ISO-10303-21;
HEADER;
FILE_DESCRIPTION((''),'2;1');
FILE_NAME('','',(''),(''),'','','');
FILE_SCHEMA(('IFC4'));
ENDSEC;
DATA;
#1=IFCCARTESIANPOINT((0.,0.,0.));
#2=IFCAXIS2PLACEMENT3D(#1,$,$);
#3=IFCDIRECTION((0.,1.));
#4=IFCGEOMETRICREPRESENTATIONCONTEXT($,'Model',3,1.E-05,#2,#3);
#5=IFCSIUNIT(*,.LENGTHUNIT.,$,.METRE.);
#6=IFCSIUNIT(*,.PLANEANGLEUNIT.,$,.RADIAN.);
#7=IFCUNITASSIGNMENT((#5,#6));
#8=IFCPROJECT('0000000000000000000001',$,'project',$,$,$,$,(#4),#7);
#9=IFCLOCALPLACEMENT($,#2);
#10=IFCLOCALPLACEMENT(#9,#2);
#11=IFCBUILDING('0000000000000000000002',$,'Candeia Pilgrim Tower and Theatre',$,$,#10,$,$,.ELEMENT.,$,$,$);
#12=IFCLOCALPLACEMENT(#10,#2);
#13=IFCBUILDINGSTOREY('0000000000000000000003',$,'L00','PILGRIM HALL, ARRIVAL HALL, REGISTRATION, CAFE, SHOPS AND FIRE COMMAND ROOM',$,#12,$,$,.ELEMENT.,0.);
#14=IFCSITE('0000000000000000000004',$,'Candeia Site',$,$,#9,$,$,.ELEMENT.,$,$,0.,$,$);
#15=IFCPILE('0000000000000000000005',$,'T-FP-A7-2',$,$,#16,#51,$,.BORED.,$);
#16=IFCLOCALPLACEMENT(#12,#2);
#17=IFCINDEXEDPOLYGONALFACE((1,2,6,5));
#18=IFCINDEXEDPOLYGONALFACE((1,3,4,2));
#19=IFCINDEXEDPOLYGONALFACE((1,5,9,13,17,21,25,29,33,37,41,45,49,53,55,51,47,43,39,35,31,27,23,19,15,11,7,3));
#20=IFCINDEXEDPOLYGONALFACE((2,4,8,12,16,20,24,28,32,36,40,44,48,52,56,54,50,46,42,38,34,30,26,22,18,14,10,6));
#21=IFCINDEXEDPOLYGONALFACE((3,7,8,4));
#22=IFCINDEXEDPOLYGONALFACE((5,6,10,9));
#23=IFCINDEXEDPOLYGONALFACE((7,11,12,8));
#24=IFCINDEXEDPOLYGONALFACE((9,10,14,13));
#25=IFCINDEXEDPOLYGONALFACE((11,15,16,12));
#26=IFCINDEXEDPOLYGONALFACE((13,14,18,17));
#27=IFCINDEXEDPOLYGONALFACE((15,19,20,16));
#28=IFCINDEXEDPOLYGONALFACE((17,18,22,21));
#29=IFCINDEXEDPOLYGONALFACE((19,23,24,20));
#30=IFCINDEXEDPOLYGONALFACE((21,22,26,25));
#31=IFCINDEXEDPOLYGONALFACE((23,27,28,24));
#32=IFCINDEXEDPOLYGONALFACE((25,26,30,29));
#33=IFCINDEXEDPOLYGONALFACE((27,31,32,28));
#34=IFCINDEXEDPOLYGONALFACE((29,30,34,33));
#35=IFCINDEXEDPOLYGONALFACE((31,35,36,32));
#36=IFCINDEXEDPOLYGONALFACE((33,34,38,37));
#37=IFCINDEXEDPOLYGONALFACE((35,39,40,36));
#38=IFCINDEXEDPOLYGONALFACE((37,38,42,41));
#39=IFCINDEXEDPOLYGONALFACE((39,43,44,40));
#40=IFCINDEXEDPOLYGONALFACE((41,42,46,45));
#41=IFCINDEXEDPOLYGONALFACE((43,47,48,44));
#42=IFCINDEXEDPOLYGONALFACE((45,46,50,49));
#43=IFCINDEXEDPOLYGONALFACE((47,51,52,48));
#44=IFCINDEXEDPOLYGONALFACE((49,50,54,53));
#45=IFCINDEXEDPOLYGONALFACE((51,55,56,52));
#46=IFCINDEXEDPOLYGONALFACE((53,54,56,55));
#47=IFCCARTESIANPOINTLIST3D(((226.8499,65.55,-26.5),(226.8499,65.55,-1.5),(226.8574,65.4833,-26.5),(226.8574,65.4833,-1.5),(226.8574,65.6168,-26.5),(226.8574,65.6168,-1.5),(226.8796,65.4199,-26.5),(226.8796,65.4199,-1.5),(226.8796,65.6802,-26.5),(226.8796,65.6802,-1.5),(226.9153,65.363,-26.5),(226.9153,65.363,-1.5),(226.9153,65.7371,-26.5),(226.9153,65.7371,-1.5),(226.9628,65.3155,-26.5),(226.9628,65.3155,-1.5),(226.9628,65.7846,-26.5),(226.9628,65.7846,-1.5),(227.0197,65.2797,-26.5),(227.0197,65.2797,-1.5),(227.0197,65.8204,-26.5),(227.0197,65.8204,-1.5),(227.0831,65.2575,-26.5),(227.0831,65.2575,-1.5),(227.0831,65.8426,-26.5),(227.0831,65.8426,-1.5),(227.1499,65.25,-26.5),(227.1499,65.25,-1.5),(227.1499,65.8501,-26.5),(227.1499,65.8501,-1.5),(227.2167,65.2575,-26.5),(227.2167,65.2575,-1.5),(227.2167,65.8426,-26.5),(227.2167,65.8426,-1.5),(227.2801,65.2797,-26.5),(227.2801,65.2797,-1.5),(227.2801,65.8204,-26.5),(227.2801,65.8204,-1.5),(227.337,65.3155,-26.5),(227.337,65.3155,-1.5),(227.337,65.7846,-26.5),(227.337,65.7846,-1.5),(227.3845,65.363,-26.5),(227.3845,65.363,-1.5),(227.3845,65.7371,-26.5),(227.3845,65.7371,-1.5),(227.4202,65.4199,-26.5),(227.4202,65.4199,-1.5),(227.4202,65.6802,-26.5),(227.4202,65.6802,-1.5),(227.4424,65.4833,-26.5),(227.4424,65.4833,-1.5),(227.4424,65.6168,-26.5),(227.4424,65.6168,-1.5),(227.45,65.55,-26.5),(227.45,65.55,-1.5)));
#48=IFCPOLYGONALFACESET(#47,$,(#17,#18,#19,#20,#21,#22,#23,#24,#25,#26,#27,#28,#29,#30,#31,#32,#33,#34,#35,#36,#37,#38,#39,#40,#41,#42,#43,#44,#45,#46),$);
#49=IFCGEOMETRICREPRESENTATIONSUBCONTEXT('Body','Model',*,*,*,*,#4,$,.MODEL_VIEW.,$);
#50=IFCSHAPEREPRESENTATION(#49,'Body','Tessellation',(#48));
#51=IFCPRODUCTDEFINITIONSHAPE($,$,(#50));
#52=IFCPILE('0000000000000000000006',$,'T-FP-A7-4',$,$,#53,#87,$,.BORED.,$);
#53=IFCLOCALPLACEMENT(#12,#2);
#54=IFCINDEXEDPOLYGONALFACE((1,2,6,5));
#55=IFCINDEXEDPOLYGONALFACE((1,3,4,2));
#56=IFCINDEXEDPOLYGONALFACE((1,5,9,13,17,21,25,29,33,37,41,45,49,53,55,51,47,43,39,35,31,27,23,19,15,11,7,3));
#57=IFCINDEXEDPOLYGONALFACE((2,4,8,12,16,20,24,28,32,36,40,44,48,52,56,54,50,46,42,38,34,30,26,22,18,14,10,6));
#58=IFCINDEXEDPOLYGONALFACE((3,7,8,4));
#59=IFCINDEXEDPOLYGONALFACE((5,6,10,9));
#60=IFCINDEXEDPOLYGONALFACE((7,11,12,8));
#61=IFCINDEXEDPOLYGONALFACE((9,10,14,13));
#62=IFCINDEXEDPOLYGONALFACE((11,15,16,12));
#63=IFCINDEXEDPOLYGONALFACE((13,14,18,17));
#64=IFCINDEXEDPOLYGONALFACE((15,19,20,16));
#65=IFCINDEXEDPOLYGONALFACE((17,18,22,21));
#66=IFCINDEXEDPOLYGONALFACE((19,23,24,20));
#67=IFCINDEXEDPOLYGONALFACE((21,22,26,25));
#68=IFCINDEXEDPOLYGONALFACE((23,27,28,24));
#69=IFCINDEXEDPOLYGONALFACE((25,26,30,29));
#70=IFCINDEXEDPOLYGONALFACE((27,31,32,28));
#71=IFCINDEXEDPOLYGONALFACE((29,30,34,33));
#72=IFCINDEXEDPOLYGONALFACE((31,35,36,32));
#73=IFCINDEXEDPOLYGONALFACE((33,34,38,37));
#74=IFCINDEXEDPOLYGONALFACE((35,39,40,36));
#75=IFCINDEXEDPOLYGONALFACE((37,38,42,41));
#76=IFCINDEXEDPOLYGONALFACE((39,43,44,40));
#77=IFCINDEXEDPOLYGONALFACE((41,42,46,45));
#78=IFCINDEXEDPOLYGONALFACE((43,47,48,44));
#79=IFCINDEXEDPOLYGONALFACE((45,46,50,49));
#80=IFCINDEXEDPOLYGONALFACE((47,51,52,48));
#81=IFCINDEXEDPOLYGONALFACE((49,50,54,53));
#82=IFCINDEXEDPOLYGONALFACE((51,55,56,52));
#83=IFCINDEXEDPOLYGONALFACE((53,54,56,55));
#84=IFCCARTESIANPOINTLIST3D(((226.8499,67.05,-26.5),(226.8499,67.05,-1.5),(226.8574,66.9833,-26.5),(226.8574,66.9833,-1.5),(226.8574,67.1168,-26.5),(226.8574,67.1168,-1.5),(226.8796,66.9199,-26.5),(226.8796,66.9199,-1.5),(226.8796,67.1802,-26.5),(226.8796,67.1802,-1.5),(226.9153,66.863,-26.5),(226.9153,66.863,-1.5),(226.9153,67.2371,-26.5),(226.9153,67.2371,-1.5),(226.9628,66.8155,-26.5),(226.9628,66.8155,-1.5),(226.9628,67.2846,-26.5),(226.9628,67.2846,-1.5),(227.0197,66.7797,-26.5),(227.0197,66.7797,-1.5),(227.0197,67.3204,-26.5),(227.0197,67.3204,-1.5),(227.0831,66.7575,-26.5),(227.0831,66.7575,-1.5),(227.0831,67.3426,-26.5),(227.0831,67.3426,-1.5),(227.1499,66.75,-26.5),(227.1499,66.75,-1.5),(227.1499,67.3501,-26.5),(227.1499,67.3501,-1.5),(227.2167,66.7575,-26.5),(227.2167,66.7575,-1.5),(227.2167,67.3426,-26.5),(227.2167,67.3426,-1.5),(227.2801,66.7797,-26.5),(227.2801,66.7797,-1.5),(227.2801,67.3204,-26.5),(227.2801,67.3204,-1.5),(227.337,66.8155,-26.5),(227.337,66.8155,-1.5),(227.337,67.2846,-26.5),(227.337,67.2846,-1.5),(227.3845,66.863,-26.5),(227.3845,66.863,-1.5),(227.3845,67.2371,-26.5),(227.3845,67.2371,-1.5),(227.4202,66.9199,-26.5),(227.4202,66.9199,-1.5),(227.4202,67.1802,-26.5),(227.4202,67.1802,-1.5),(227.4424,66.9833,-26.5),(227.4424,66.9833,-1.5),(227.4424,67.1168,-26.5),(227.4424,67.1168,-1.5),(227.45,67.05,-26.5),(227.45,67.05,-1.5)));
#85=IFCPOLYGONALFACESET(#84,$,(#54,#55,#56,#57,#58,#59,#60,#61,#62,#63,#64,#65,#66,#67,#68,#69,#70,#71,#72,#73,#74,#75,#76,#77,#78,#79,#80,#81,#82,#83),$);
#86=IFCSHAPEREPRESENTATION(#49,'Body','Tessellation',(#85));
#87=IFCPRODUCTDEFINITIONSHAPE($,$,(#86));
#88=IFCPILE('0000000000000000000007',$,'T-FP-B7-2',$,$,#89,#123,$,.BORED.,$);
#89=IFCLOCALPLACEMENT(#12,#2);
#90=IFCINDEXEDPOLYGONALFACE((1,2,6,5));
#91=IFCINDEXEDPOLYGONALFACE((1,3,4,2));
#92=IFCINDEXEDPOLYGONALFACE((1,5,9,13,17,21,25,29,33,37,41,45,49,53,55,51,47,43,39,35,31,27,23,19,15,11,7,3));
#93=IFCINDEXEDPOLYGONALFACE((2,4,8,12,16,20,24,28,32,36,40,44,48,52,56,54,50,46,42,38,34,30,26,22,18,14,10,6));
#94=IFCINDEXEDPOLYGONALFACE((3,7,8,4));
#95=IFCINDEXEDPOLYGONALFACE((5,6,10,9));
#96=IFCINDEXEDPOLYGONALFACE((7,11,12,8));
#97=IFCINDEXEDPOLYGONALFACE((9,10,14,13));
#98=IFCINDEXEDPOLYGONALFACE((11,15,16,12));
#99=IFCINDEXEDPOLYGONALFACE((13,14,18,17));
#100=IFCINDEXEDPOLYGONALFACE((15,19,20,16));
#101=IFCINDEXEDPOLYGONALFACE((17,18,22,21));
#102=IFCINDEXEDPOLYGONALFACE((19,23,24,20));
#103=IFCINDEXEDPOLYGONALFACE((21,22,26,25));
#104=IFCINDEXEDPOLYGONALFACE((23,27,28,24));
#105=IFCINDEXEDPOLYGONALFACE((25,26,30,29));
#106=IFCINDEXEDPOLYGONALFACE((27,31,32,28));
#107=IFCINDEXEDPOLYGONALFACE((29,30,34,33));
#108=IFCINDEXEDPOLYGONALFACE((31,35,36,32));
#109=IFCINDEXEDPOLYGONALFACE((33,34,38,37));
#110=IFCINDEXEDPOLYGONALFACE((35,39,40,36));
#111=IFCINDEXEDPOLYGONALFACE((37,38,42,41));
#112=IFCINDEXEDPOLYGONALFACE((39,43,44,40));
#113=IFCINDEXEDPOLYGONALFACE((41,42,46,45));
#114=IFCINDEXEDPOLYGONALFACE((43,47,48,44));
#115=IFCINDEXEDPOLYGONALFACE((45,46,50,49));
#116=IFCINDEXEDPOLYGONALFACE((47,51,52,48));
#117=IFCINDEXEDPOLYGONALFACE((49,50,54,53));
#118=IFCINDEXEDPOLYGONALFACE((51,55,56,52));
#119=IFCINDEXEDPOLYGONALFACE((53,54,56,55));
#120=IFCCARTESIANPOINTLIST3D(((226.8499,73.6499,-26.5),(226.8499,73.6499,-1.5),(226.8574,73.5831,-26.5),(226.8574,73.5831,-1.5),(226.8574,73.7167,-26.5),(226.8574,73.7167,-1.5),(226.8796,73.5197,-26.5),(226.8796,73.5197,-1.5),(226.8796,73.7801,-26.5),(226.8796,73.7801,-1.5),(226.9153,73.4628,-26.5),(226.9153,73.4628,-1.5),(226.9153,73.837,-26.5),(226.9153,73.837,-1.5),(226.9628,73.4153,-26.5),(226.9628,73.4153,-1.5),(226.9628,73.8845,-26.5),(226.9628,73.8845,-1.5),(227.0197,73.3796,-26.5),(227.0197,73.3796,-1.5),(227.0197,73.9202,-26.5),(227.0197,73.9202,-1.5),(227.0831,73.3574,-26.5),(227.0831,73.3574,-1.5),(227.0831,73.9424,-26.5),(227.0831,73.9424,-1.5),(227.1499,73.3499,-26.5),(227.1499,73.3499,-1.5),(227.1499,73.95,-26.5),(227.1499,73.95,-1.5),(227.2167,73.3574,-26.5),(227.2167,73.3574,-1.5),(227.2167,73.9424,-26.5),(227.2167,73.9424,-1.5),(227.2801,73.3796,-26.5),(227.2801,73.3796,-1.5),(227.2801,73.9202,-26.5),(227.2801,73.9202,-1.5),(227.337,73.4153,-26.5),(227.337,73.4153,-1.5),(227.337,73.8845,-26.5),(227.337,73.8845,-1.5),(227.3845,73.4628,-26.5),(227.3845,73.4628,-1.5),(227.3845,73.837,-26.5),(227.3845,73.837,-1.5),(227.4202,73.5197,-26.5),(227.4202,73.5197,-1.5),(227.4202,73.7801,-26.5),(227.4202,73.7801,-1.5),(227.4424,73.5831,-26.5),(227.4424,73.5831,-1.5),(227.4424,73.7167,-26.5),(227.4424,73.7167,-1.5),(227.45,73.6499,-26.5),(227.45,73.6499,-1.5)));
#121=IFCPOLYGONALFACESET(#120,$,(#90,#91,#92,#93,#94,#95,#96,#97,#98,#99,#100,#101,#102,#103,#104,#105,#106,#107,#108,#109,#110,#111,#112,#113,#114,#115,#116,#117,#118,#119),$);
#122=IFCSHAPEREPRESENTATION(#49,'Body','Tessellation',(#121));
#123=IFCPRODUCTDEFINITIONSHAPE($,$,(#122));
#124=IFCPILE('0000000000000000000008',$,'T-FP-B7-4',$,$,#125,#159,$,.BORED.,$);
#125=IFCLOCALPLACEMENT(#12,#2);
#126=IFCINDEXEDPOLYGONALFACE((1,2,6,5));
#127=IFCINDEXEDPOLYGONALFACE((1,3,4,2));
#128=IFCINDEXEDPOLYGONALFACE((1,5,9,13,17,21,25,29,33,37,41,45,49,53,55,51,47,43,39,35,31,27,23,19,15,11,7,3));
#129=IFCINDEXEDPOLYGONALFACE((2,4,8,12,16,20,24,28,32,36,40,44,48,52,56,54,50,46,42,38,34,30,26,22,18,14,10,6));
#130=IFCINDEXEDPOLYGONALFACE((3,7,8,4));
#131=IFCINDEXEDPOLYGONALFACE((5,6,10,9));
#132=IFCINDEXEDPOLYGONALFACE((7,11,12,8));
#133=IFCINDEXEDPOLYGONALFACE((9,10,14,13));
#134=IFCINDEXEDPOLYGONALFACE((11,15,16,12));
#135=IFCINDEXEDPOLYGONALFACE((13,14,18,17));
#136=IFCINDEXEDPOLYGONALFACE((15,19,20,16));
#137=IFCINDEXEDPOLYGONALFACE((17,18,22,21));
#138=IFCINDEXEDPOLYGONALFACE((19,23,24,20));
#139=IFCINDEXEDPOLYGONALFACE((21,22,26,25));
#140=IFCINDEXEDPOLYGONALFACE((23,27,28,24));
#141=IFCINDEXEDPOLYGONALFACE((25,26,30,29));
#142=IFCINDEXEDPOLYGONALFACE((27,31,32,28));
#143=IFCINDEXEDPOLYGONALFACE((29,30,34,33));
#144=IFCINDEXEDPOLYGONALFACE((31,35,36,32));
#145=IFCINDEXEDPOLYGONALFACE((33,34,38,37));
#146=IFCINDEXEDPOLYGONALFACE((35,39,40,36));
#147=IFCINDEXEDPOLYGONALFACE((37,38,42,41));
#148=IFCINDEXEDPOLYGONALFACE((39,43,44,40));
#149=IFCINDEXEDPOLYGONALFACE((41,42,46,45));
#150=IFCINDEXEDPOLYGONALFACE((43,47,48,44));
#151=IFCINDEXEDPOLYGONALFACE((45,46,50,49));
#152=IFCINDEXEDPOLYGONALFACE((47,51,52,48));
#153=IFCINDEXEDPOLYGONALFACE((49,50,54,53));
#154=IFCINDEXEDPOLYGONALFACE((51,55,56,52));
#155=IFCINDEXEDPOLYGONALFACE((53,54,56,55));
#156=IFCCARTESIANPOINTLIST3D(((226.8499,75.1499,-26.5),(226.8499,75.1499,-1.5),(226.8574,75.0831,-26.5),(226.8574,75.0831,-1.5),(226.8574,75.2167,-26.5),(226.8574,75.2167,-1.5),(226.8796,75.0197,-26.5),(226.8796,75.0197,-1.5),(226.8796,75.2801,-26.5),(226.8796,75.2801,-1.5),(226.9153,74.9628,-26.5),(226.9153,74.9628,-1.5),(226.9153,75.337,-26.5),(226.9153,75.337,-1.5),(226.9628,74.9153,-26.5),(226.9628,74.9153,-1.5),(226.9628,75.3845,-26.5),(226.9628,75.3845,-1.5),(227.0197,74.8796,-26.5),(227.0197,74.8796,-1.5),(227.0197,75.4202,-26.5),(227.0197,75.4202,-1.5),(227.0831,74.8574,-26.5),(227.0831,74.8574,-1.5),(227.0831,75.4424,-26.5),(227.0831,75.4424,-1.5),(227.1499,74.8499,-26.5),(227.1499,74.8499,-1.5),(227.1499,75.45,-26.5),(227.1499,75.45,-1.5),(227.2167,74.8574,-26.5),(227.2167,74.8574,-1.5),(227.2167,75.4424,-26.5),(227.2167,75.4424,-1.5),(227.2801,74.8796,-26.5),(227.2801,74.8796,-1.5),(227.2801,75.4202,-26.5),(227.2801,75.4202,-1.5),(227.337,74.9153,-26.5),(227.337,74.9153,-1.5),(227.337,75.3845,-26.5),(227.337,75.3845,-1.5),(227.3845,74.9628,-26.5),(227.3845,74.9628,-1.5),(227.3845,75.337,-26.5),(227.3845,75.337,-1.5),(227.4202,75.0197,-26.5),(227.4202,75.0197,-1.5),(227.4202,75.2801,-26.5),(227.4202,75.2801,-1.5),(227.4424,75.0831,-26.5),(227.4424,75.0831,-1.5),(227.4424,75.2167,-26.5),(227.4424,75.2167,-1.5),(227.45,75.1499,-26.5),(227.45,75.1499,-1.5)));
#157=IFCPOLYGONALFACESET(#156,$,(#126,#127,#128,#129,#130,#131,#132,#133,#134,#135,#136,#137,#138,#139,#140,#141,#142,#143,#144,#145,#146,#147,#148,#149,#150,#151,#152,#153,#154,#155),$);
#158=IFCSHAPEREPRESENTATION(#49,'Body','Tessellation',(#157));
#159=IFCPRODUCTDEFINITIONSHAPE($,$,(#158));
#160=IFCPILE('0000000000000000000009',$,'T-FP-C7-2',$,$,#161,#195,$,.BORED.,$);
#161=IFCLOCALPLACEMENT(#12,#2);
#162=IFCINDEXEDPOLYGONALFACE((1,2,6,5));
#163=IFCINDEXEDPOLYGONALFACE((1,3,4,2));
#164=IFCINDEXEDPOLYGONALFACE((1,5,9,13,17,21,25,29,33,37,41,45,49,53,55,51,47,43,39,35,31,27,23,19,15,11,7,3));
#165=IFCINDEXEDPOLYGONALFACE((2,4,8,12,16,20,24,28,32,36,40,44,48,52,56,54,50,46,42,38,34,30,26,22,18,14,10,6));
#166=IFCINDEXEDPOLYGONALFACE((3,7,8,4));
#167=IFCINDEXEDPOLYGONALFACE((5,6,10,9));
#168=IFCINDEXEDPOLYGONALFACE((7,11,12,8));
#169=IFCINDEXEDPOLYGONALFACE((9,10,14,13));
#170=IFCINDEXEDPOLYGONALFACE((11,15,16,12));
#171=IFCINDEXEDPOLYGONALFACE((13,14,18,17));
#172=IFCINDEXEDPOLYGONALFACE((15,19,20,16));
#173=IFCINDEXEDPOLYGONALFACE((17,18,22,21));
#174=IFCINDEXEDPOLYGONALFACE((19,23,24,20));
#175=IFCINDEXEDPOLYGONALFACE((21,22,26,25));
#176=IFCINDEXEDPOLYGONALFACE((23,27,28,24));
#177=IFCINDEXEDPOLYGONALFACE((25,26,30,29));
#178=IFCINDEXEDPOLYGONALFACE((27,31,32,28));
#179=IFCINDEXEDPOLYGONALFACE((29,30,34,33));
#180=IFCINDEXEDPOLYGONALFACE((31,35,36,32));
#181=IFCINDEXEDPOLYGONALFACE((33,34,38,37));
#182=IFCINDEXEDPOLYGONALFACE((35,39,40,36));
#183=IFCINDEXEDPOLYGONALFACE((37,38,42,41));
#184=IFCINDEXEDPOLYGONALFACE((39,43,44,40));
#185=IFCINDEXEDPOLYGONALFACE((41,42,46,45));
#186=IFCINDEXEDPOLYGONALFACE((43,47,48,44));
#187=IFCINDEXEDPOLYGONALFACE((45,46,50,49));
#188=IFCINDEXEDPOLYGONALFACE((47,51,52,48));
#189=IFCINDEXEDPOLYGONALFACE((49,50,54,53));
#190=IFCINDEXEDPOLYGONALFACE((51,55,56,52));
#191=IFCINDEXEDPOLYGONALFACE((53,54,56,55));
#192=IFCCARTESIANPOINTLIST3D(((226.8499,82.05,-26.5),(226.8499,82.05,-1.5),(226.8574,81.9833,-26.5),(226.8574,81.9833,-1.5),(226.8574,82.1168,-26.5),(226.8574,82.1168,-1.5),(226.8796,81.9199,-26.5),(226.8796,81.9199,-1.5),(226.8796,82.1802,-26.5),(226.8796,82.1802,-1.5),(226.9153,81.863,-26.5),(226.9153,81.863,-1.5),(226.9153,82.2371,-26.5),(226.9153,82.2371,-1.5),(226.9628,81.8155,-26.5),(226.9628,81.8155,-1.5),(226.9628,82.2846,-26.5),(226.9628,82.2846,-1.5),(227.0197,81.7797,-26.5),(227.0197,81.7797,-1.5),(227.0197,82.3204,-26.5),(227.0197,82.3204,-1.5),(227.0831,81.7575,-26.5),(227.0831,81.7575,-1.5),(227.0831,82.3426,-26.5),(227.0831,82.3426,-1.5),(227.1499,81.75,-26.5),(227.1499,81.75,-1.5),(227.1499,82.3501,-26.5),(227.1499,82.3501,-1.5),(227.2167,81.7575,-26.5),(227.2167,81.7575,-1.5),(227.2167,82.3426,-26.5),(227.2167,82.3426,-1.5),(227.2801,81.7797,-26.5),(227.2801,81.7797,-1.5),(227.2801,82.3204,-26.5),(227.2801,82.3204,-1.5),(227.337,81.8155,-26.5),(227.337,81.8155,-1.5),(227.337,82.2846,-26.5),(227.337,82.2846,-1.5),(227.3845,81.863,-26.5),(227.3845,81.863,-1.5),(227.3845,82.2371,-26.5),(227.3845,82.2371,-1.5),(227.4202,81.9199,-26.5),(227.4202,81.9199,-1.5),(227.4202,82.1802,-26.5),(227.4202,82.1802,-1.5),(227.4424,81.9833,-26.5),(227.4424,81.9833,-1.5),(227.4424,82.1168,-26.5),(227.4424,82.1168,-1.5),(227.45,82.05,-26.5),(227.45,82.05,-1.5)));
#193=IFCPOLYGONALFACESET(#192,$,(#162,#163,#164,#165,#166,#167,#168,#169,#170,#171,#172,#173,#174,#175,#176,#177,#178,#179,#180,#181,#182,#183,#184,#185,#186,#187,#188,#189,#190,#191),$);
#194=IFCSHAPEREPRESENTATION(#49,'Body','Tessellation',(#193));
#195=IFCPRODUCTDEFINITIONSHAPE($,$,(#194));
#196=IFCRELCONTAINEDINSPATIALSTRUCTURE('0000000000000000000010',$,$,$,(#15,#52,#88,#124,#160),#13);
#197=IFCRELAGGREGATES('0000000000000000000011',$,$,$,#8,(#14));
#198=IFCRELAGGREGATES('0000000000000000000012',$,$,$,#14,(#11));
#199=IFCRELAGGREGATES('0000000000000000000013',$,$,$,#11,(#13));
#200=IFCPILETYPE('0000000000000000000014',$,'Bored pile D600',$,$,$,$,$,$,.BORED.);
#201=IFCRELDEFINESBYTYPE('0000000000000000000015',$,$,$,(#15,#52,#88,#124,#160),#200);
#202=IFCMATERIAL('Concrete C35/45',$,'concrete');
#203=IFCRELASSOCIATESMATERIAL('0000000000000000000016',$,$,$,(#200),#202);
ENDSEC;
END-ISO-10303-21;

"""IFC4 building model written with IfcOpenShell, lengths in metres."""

from ifc_helpers import new_model, si_unit, direction, frame, origin, origin_2d, place, context, subcontext, project, spatial, circle, extrude, material, type_object, element, save


model = new_model("IFC4")

# Units and contexts
model_context = context("Model", 3, precision=1e-05, world=origin(), true_north=direction((0.0, 1.0)))
body_context = subcontext(model_context, "Body", "Model", "MODEL_VIEW")
ifc_project = project(units=[si_unit("LENGTHUNIT", "METRE"), si_unit("PLANEANGLEUNIT", "RADIAN")], contexts=[model_context])

# Site, building, storey
site_placement = place(None, origin())
site = spatial("IfcSite", under=ifc_project, at=site_placement, Name="Candeia Site", CompositionType="ELEMENT", RefElevation=0.0)
building_placement = place(site_placement, origin())
building = spatial("IfcBuilding", under=site, at=building_placement, Name="Candeia Pilgrim Tower and Theatre", CompositionType="ELEMENT")
storey_placement = place(building_placement, origin())
storey = spatial("IfcBuildingStorey", under=building, at=storey_placement, Name="L00", Description="PILGRIM HALL, ARRIVAL HALL, REGISTRATION, CAFE, SHOPS AND FIRE COMMAND ROOM", CompositionType="ELEMENT", Elevation=0.0)

# Piles
ifc_material_1 = material(Name="Concrete C35/45", Category="concrete")
pile_type = type_object("IfcPileType", Name="Bored pile D600", PredefinedType="BORED", material=ifc_material_1)
for number, where, z_axis, x_axis, name in (
    (1, (227.1499, 65.55, -1.5), (0.0, 0.0, -1.0), (1.0, 0.0, 0.0), "T-FP-A7-2"),
    (2, (227.1499, 67.05, -1.5), (0.0, 0.0, -1.0), (1.0, 0.0, 0.0), "T-FP-A7-4"),
    (3, (227.1499, 73.6499, -1.5), (0.0, 0.0, -1.0), (1.0, 0.0, 0.0), "T-FP-B7-2"),
    (4, (227.1499, 75.1499, -1.5), (0.0, 0.0, -1.0), (1.0, 0.0, 0.0), "T-FP-B7-4"),
    (5, (227.1499, 82.05, -1.5), (0.0, 0.0, -1.0), (1.0, 0.0, 0.0), "T-FP-C7-2"),
):
    element("IfcPile", number, at=place(storey_placement, frame(where, z_axis=z_axis, x_axis=x_axis)), inside=storey, type_object=pile_type, Name=name, PredefinedType="BORED", context=body_context, shape_type="SweptSolid", body=[
        extrude(circle(Radius=0.3, at=origin_2d()), origin(), (0.0, 0.0, 1.0), 25.0),
    ])

save(model, "model.ifc")
